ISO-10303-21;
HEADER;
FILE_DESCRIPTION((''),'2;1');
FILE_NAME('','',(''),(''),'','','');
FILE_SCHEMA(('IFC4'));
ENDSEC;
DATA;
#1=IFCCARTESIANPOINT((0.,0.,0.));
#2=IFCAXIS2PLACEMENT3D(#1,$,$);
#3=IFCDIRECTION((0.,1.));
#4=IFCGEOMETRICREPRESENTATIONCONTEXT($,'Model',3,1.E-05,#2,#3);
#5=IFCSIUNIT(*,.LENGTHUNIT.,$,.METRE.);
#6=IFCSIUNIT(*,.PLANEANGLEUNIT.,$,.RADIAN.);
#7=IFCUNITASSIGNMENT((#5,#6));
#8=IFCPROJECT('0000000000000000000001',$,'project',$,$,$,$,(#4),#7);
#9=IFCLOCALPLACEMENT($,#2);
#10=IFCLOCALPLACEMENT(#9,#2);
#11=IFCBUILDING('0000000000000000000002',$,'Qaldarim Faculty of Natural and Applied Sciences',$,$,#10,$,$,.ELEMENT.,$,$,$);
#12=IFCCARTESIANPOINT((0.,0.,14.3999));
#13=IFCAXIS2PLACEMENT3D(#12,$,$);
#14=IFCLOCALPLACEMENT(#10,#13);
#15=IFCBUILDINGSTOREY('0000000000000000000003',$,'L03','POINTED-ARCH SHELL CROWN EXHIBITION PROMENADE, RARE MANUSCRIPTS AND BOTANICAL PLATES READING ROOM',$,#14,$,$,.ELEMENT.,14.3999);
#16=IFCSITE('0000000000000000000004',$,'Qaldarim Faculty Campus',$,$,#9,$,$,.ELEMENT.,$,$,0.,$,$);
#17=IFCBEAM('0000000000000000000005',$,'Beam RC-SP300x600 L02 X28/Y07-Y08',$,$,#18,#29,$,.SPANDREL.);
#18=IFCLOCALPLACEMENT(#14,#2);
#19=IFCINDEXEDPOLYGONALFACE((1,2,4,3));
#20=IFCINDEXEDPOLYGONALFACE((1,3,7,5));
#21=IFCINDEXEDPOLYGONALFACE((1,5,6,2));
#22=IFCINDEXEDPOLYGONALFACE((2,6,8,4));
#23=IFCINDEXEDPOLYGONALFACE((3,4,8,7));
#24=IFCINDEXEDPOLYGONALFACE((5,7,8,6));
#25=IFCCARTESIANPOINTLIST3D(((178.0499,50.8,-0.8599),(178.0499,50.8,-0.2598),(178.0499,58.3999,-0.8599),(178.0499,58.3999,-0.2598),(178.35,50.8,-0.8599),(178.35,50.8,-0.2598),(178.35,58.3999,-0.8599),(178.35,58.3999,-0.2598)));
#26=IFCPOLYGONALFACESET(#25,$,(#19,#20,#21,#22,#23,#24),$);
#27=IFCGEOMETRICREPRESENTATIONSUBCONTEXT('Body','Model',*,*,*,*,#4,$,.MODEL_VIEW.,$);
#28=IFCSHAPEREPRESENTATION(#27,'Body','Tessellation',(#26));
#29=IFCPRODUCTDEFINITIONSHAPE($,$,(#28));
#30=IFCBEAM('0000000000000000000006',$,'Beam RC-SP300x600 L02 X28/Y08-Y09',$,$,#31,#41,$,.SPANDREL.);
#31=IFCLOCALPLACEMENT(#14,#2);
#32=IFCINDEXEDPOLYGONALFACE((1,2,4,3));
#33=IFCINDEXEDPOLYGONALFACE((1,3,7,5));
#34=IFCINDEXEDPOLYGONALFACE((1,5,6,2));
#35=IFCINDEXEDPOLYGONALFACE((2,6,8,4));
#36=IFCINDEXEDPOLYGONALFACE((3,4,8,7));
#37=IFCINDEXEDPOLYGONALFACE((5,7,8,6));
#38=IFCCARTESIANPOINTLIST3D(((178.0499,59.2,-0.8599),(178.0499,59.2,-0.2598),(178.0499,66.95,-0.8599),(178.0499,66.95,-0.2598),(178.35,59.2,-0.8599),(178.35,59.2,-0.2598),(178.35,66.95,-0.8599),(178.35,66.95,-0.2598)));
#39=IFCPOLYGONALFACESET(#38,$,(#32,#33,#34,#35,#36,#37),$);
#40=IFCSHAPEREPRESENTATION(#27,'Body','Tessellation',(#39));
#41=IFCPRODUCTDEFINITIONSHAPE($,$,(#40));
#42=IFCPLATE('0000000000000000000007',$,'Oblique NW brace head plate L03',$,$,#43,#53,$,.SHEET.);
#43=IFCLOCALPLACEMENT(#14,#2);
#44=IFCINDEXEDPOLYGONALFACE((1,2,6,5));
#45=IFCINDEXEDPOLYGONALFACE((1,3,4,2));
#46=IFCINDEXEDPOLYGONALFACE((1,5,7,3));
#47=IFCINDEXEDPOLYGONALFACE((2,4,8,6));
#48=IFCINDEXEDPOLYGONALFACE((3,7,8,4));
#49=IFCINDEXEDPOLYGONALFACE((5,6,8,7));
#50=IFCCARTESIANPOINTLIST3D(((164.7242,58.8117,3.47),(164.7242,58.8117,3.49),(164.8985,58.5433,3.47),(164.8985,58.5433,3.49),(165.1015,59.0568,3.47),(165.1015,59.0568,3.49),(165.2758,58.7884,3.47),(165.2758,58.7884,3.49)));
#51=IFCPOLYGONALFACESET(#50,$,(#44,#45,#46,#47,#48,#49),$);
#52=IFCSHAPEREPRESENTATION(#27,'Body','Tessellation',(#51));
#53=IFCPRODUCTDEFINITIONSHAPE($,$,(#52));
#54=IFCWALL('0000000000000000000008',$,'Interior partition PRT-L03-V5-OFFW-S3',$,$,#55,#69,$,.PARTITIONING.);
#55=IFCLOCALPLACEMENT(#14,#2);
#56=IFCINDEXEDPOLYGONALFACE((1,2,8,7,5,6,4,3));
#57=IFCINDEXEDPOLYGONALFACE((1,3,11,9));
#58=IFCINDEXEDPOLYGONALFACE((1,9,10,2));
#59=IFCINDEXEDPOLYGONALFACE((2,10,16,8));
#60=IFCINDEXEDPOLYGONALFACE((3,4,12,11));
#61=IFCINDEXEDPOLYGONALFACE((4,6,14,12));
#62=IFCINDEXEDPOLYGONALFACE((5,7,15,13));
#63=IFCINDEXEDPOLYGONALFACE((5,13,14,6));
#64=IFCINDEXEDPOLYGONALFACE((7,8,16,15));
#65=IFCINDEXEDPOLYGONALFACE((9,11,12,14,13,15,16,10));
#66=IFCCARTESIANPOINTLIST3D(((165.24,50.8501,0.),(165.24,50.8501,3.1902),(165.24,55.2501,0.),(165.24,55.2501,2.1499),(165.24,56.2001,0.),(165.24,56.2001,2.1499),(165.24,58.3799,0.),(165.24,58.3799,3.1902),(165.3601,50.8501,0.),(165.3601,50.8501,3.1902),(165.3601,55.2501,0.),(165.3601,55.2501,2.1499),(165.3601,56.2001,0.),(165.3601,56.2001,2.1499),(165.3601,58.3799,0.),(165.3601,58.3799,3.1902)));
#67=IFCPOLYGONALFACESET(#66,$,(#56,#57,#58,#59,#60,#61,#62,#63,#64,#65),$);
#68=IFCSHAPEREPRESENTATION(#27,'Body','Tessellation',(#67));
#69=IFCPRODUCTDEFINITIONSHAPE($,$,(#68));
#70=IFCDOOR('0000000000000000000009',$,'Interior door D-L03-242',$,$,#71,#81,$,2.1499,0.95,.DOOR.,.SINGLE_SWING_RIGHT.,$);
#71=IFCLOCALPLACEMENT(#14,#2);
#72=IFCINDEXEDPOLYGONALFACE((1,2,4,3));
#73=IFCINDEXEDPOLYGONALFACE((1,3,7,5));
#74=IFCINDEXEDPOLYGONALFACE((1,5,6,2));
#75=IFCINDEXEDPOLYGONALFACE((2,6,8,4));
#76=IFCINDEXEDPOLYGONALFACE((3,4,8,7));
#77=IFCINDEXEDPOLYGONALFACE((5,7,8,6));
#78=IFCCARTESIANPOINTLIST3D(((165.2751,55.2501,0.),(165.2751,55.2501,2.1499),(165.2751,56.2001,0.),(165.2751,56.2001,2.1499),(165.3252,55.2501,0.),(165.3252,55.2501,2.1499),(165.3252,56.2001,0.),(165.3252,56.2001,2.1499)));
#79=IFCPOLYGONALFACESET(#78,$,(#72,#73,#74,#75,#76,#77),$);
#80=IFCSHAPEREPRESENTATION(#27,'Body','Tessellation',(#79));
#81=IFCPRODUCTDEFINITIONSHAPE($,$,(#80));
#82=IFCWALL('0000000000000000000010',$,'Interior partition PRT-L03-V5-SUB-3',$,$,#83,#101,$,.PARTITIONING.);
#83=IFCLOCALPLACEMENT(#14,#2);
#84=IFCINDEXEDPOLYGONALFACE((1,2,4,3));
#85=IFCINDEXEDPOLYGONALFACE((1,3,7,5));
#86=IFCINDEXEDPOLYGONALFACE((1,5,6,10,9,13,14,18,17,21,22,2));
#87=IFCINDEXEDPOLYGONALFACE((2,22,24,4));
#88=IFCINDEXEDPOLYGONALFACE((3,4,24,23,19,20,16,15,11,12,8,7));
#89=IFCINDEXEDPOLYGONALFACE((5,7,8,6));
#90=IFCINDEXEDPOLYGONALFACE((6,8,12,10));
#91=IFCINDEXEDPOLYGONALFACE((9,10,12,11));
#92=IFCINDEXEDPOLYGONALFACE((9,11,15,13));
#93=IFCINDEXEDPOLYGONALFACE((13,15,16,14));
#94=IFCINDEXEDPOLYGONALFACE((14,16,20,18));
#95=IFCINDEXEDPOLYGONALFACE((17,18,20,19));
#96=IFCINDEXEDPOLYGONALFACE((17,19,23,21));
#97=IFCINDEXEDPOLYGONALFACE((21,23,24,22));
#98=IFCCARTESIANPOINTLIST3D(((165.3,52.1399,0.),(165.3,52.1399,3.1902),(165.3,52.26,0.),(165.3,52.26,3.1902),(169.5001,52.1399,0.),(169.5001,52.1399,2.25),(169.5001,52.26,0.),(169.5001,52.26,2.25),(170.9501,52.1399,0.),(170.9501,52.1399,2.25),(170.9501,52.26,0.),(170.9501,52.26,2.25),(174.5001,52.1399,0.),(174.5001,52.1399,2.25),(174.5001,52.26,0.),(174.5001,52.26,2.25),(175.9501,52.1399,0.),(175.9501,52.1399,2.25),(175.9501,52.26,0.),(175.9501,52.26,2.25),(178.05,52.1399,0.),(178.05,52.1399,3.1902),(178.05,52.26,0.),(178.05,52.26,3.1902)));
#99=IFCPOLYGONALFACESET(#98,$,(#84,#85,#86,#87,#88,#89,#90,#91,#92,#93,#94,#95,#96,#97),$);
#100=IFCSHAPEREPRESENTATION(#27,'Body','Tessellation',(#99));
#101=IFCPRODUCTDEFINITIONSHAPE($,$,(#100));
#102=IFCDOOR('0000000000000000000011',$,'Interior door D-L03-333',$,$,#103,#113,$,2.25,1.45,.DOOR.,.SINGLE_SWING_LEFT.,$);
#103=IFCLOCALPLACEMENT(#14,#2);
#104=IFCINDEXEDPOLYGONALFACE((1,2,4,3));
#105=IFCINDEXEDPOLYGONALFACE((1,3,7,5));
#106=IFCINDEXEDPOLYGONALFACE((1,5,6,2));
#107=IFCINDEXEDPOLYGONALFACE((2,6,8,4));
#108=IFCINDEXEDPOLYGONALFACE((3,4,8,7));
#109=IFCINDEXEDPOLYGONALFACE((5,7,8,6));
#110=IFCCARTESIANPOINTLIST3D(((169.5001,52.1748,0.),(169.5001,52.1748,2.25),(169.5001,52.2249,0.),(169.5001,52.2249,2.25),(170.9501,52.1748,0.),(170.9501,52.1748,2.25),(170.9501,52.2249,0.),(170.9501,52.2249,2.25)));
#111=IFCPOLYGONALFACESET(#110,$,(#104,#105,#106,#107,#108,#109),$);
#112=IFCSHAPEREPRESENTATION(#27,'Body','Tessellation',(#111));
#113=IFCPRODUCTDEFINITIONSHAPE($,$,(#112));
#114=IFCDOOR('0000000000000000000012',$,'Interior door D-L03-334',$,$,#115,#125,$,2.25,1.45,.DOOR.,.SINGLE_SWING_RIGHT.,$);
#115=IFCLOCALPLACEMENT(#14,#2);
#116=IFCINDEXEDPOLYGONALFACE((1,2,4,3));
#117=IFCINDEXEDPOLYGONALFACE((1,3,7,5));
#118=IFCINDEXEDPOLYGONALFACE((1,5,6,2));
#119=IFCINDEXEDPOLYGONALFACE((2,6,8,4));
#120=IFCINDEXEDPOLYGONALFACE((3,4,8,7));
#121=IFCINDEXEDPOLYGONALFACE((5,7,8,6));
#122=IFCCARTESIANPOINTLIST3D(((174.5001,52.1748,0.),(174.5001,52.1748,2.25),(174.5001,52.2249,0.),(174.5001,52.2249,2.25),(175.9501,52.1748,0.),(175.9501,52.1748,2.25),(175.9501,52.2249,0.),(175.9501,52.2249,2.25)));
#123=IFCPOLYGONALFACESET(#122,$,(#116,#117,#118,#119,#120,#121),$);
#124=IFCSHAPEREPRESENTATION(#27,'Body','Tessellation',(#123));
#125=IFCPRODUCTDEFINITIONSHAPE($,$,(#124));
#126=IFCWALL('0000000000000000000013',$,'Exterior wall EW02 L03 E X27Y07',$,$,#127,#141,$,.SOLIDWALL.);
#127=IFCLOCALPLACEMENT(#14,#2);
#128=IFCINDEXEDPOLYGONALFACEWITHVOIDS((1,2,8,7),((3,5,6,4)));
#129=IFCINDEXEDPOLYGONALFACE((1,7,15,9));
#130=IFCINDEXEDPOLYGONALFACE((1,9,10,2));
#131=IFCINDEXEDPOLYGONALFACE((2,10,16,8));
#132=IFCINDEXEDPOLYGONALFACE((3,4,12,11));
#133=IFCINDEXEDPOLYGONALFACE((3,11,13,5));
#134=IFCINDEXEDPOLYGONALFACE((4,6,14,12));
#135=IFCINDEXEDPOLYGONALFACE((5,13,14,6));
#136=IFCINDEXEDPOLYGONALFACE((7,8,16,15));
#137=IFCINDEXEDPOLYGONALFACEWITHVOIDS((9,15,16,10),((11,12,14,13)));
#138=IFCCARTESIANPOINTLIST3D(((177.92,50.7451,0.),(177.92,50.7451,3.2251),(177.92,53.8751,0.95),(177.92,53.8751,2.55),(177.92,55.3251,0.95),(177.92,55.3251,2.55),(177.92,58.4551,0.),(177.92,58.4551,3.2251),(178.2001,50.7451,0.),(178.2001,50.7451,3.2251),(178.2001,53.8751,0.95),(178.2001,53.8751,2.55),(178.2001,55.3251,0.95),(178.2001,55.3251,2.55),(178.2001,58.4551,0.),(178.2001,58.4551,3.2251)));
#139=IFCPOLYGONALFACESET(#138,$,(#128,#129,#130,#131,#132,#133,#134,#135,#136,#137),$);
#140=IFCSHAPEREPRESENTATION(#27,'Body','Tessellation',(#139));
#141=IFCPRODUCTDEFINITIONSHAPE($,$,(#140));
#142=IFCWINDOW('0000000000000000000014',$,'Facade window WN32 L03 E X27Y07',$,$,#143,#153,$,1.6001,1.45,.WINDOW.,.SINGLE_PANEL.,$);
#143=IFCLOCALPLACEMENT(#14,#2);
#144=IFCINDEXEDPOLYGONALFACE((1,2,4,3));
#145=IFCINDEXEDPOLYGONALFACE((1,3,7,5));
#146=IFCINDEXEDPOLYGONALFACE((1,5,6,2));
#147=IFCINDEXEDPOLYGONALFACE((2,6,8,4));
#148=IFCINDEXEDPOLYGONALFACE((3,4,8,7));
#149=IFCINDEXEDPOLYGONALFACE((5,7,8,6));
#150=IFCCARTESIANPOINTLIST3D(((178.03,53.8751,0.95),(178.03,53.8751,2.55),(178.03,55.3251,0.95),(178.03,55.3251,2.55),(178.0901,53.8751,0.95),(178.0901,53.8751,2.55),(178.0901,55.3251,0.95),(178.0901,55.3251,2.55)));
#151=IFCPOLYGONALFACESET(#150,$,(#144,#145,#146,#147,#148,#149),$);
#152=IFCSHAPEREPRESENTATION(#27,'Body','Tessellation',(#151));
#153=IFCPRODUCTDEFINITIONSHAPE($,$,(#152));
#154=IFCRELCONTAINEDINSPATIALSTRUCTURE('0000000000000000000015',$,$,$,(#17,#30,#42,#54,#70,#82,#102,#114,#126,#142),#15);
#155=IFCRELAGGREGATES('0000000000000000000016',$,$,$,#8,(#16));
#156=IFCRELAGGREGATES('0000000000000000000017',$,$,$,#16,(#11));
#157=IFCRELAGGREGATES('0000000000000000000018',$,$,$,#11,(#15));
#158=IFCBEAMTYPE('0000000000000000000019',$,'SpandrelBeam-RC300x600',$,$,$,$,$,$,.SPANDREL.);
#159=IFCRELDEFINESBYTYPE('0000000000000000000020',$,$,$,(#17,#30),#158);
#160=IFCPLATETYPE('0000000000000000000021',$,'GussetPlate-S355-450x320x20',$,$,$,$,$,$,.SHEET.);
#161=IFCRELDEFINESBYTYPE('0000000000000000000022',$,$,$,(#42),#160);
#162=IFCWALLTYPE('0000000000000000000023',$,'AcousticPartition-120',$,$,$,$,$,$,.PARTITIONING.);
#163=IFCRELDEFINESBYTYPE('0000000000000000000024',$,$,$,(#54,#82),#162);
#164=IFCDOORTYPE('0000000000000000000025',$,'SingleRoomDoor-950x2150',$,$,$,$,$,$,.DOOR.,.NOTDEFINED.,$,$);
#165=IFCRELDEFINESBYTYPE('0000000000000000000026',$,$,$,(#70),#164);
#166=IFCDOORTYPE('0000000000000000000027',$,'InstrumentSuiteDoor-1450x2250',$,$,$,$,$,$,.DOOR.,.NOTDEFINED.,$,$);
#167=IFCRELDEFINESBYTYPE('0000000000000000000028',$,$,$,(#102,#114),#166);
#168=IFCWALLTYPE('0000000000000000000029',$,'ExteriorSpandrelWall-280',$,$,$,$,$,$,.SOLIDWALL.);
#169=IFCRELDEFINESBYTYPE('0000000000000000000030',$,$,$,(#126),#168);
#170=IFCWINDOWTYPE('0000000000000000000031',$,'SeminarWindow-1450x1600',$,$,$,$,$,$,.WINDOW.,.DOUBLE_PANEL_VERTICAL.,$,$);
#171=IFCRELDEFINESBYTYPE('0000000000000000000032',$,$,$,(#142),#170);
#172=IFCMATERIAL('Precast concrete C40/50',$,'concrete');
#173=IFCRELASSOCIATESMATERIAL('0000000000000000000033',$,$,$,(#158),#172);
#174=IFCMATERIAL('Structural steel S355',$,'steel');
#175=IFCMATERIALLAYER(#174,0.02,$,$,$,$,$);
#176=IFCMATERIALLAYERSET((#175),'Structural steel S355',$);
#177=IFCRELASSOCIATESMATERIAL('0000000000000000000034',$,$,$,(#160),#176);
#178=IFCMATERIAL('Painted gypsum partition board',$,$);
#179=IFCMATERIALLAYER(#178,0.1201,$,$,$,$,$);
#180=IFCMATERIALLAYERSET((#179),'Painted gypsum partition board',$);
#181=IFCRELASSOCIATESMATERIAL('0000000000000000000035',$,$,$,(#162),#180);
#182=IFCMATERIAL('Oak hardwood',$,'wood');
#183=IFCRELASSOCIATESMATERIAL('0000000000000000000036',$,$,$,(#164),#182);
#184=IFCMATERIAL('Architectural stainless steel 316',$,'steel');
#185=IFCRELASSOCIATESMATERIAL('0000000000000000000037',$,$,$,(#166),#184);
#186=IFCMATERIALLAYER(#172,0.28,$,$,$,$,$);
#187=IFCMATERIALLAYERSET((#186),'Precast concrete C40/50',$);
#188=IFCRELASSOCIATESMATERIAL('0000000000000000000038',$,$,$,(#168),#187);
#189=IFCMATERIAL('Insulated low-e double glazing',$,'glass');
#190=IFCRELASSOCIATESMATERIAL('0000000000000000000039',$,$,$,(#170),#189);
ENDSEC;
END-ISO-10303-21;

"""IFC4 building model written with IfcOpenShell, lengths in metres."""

from ifc_helpers import new_model, si_unit, direction, frame, frame_2d, origin, origin_2d, place, context, subcontext, project, spatial, rectangle, extrude, material, layer, layer_set, material_profile, profile_set, type_object, element, fill, save


model = new_model("IFC4")

# Units and contexts
model_context = context("Model", 3, precision=1e-05, world=origin(), true_north=direction((0.0, 1.0)))
body_context = subcontext(model_context, "Body", "Model", "MODEL_VIEW")
ifc_project = project(units=[si_unit("LENGTHUNIT", "METRE"), si_unit("PLANEANGLEUNIT", "RADIAN")], contexts=[model_context])

# Site, building, storey
site_placement = place(None, origin())
site = spatial("IfcSite", under=ifc_project, at=site_placement, Name="Qaldarim Faculty Campus", CompositionType="ELEMENT", RefElevation=0.0)
building_placement = place(site_placement, origin())
building = spatial("IfcBuilding", under=site, at=building_placement, Name="Qaldarim Faculty of Natural and Applied Sciences", CompositionType="ELEMENT")
storey_placement = place(building_placement, frame((0.0, 0.0, 14.3999)))
storey = spatial("IfcBuildingStorey", under=building, at=storey_placement, Name="L03", Description="POINTED-ARCH SHELL CROWN EXHIBITION PROMENADE, RARE MANUSCRIPTS AND BOTANICAL PLATES READING ROOM", CompositionType="ELEMENT", Elevation=14.3999)

# Beams
ifc_material_1 = material(Name="Precast concrete C40/50", Category="concrete")
ifc_material_profile_1 = material_profile(ifc_material_1, rectangle(XDim=0.3, YDim=0.6001, at=origin_2d()), Name="RC-SP300x600")
ifc_profile_set_1 = profile_set([ifc_material_profile_1], Name="Precast concrete C40/50")
beam_type_1 = type_object("IfcBeamType", Name="SpandrelBeam-RC300x600", PredefinedType="SPANDREL", material=ifc_profile_set_1)
beam_1_placement = place(storey_placement, frame((178.2, 50.8, -0.5598), z_axis=(0.0, 1.0, 0.0), x_axis=(-1.0, 0.0, 0.0)))
element("IfcBeam", 1, at=beam_1_placement, inside=storey, type_object=beam_type_1, Name="Beam RC-SP300x600 L02 X28/Y07-Y08", PredefinedType="SPANDREL", context=body_context, shape_type="SweptSolid", body=[
    extrude(rectangle(XDim=0.3, YDim=0.6001, at=origin_2d()), origin(), (0.0, 0.0, 1.0), 7.5999),
])
beam_2_placement = place(storey_placement, frame((178.2, 59.2, -0.5598), z_axis=(0.0, 1.0, 0.0), x_axis=(-1.0, 0.0, 0.0)))
element("IfcBeam", 2, at=beam_2_placement, inside=storey, type_object=beam_type_1, Name="Beam RC-SP300x600 L02 X28/Y08-Y09", PredefinedType="SPANDREL", context=body_context, shape_type="SweptSolid", body=[
    extrude(rectangle(XDim=0.3, YDim=0.6001, at=origin_2d()), origin(), (0.0, 0.0, 1.0), 7.75),
])

# Plate
ifc_material_2 = material(Name="Structural steel S355", Category="steel")
ifc_layer_1 = layer(ifc_material_2, 0.02)
ifc_layer_set_1 = layer_set([ifc_layer_1], Name="Structural steel S355")
plate_type = type_object("IfcPlateType", Name="GussetPlate-S355-450x320x20", PredefinedType="SHEET", material=ifc_layer_set_1)
plate_placement = place(storey_placement, frame((165.0, 58.8, 3.47), z_axis=(0.0, 0.0, 1.0), x_axis=(0.838671, 0.544639, 0.0)))
element("IfcPlate", 3, at=plate_placement, inside=storey, type_object=plate_type, Name="Oblique NW brace head plate L03", PredefinedType="SHEET", context=body_context, shape_type="SweptSolid", body=[
    extrude(rectangle(XDim=0.45, YDim=0.3201, at=origin_2d()), origin(), (0.0, 0.0, 1.0), 0.02),
])

# Wall, opening, door
ifc_material_3 = material(Name="Painted gypsum partition board")
ifc_layer_2 = layer(ifc_material_3, 0.1201)
ifc_layer_set_2 = layer_set([ifc_layer_2], Name="Painted gypsum partition board")
wall_type_1 = type_object("IfcWallType", Name="AcousticPartition-120", PredefinedType="PARTITIONING", material=ifc_layer_set_2)
wall_1_placement = place(storey_placement, frame((165.3, 50.8501, 0.0), z_axis=(0.0, 0.0, 1.0), x_axis=(0.0, 1.0, 0.0)))
wall_1 = element("IfcWall", 4, at=wall_1_placement, inside=storey, type_object=wall_type_1, Name="Interior partition PRT-L03-V5-OFFW-S3", PredefinedType="PARTITIONING", context=body_context, shape_type="SweptSolid", body=[
    extrude(rectangle(XDim=7.5298, YDim=0.1201, at=frame_2d((3.7649, 0.0))), origin(), (0.0, 0.0, 1.0), 3.1902),
])
opening_1_placement = place(wall_1_placement, frame((4.3999, 0.0, 0.0)))
opening_1 = element("IfcOpeningElement", 5, at=opening_1_placement, cuts=wall_1, PredefinedType="OPENING", context=body_context, shape_type="SweptSolid", body=[
    extrude(rectangle(XDim=0.95, YDim=2.1499, at=frame_2d((0.4751, 1.075))), frame((0.0, 0.0701, 0.0), z_axis=(0.0, -1.0, 0.0), x_axis=(1.0, 0.0, 0.0)), (0.0, 0.0, 1.0), 0.1401),
])
ifc_material_4 = material(Name="Oak hardwood", Category="wood")
door_type_1 = type_object("IfcDoorType", Name="SingleRoomDoor-950x2150", OperationType="NOTDEFINED", PredefinedType="DOOR", material=ifc_material_4)
door_1_placement = place(opening_1_placement, origin())
door_1 = element("IfcDoor", 6, at=door_1_placement, inside=storey, type_object=door_type_1, Name="Interior door D-L03-242", OperationType="SINGLE_SWING_RIGHT", OverallHeight=2.1499, OverallWidth=0.95, PredefinedType="DOOR", context=body_context, shape_type="SweptSolid", body=[
    extrude(rectangle(XDim=0.95, YDim=2.1499, at=frame_2d((0.4751, 1.075))), frame((0.0, 0.0249, 0.0), z_axis=(0.0, -1.0, 0.0), x_axis=(1.0, 0.0, 0.0)), (0.0, 0.0, 1.0), 0.05),
])
fill(opening_1, door_1)

# Wall, openings, doors
wall_2_placement = place(storey_placement, frame((165.3, 52.2, 0.0), z_axis=(0.0, 0.0, 1.0), x_axis=(1.0, 0.0, 0.0)))
wall_2 = element("IfcWall", 7, at=wall_2_placement, inside=storey, type_object=wall_type_1, Name="Interior partition PRT-L03-V5-SUB-3", PredefinedType="PARTITIONING", context=body_context, shape_type="SweptSolid", body=[
    extrude(rectangle(XDim=12.75, YDim=0.1201, at=frame_2d((6.375, 0.0))), origin(), (0.0, 0.0, 1.0), 3.1902),
])
opening_2_placement = place(wall_2_placement, frame((4.2, 0.0, 0.0)))
opening_2 = element("IfcOpeningElement", 8, at=opening_2_placement, cuts=wall_2, PredefinedType="OPENING", context=body_context, shape_type="SweptSolid", body=[
    extrude(rectangle(XDim=1.45, YDim=2.25, at=frame_2d((0.7251, 1.125))), frame((0.0, 0.0701, 0.0), z_axis=(0.0, -1.0, 0.0), x_axis=(1.0, 0.0, 0.0)), (0.0, 0.0, 1.0), 0.1401),
])
opening_3_placement = place(wall_2_placement, frame((9.2, 0.0, 0.0)))
opening_3 = element("IfcOpeningElement", 9, at=opening_3_placement, cuts=wall_2, PredefinedType="OPENING", context=body_context, shape_type="SweptSolid", body=[
    extrude(rectangle(XDim=1.45, YDim=2.25, at=frame_2d((0.7251, 1.125))), frame((0.0, 0.0701, 0.0), z_axis=(0.0, -1.0, 0.0), x_axis=(1.0, 0.0, 0.0)), (0.0, 0.0, 1.0), 0.1401),
])
ifc_material_5 = material(Name="Architectural stainless steel 316", Category="steel")
door_type_2 = type_object("IfcDoorType", Name="InstrumentSuiteDoor-1450x2250", OperationType="NOTDEFINED", PredefinedType="DOOR", material=ifc_material_5)
door_2_placement = place(opening_2_placement, origin())
door_2 = element("IfcDoor", 10, at=door_2_placement, inside=storey, type_object=door_type_2, Name="Interior door D-L03-333", OperationType="SINGLE_SWING_LEFT", OverallHeight=2.25, OverallWidth=1.45, PredefinedType="DOOR", context=body_context, shape_type="SweptSolid", body=[
    extrude(rectangle(XDim=1.45, YDim=2.25, at=frame_2d((0.7251, 1.125))), frame((0.0, 0.0249, 0.0), z_axis=(0.0, -1.0, 0.0), x_axis=(1.0, 0.0, 0.0)), (0.0, 0.0, 1.0), 0.05),
])
fill(opening_2, door_2)
door_3_placement = place(opening_3_placement, origin())
door_3 = element("IfcDoor", 11, at=door_3_placement, inside=storey, type_object=door_type_2, Name="Interior door D-L03-334", OperationType="SINGLE_SWING_RIGHT", OverallHeight=2.25, OverallWidth=1.45, PredefinedType="DOOR", context=body_context, shape_type="SweptSolid", body=[
    extrude(rectangle(XDim=1.45, YDim=2.25, at=frame_2d((0.7251, 1.125))), frame((0.0, 0.0249, 0.0), z_axis=(0.0, -1.0, 0.0), x_axis=(1.0, 0.0, 0.0)), (0.0, 0.0, 1.0), 0.05),
])
fill(opening_3, door_3)

# Wall, opening, window
ifc_layer_3 = layer(ifc_material_1, 0.28)
ifc_layer_set_3 = layer_set([ifc_layer_3], Name="Precast concrete C40/50")
wall_type_2 = type_object("IfcWallType", Name="ExteriorSpandrelWall-280", PredefinedType="SOLIDWALL", material=ifc_layer_set_3)
wall_3_placement = place(storey_placement, frame((178.0601, 50.7451, 0.0), z_axis=(0.0, 0.0, 1.0), x_axis=(0.0, 1.0, 0.0)))
wall_3 = element("IfcWall", 12, at=wall_3_placement, inside=storey, type_object=wall_type_2, Name="Exterior wall EW02 L03 E X27Y07", PredefinedType="SOLIDWALL", context=body_context, shape_type="SweptSolid", body=[
    extrude(rectangle(XDim=7.71, YDim=0.28, at=frame_2d((3.855, 0.0))), origin(), (0.0, 0.0, 1.0), 3.2251),
])
opening_4_placement = place(wall_3_placement, frame((3.1299, 0.0, 0.95)))
opening_4 = element("IfcOpeningElement", 13, at=opening_4_placement, cuts=wall_3, PredefinedType="OPENING", context=body_context, shape_type="SweptSolid", body=[
    extrude(rectangle(XDim=1.45, YDim=1.6001, at=frame_2d((0.7251, 0.8))), frame((0.0, 0.1499, 0.0), z_axis=(0.0, -1.0, 0.0), x_axis=(1.0, 0.0, 0.0)), (0.0, 0.0, 1.0), 0.3),
])
ifc_material_6 = material(Name="Insulated low-e double glazing", Category="glass")
window_type_1 = type_object("IfcWindowType", Name="SeminarWindow-1450x1600", PartitioningType="DOUBLE_PANEL_VERTICAL", PredefinedType="WINDOW", material=ifc_material_6)
window_1_placement = place(opening_4_placement, origin())
window_1 = element("IfcWindow", 14, at=window_1_placement, inside=storey, type_object=window_type_1, Name="Facade window WN32 L03 E X27Y07", OverallHeight=1.6001, OverallWidth=1.45, PartitioningType="SINGLE_PANEL", PredefinedType="WINDOW", context=body_context, shape_type="SweptSolid", body=[
    extrude(rectangle(XDim=1.45, YDim=1.6001, at=frame_2d((0.7251, 0.8))), frame((0.0, 0.03, 0.0), z_axis=(0.0, -1.0, 0.0), x_axis=(1.0, 0.0, 0.0)), (0.0, 0.0, 1.0), 0.0601),
])
fill(opening_4, window_1)

save(model, "model.ifc")
